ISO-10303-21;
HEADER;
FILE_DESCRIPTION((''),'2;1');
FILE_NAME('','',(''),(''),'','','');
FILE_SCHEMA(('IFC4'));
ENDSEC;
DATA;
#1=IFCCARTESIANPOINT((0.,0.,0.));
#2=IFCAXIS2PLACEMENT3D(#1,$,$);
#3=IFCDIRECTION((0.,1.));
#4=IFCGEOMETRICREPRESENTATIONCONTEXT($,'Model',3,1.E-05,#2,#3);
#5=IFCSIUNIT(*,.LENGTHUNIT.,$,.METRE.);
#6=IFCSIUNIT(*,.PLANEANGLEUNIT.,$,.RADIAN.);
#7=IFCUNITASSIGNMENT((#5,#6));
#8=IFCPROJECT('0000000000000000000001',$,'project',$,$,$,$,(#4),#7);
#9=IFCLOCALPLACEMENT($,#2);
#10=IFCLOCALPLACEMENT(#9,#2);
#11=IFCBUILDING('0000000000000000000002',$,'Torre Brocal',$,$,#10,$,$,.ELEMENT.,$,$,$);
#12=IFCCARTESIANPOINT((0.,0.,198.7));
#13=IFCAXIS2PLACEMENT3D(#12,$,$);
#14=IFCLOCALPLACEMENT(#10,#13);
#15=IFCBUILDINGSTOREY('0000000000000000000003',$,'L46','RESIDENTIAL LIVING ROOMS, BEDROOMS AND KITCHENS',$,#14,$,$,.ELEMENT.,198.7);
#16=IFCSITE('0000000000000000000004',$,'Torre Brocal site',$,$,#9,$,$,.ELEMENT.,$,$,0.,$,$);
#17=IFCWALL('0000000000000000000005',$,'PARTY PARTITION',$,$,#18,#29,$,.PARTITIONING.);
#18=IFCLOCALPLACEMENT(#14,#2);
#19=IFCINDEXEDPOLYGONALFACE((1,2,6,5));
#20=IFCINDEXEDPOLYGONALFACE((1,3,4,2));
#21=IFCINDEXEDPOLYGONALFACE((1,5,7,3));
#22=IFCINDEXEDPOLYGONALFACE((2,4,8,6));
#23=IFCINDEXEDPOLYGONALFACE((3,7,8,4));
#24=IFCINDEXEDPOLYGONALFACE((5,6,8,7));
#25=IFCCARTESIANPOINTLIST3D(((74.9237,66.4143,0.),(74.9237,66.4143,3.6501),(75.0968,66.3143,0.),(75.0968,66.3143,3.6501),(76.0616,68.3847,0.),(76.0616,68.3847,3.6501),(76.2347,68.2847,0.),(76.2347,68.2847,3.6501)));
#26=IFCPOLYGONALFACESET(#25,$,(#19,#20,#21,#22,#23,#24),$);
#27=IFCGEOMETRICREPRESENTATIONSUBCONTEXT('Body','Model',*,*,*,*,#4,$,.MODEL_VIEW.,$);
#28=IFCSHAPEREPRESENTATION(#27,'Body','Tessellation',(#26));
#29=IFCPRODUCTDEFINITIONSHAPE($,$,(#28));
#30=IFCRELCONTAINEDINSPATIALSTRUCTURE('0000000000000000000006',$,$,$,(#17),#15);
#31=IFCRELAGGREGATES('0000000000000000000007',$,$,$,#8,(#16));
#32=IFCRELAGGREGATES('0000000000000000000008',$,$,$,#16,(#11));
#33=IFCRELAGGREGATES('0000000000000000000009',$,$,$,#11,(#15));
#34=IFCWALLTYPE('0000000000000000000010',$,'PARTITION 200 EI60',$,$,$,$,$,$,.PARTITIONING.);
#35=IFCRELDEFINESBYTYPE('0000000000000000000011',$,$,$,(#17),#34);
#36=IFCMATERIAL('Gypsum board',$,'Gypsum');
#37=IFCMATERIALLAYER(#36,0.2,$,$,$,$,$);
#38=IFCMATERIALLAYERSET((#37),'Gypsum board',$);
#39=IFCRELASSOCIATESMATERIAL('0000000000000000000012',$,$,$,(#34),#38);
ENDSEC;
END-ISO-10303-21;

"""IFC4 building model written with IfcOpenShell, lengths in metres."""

from ifc_helpers import new_model, si_unit, direction, frame, frame_2d, origin, place, context, subcontext, project, spatial, rectangle, extrude, material, layer, layer_set, type_object, element, save


model = new_model("IFC4")

# Units and contexts
model_context = context("Model", 3, precision=1e-05, world=origin(), true_north=direction((0.0, 1.0)))
body_context = subcontext(model_context, "Body", "Model", "MODEL_VIEW")
ifc_project = project(units=[si_unit("LENGTHUNIT", "METRE"), si_unit("PLANEANGLEUNIT", "RADIAN")], contexts=[model_context])

# Site, building, storey
site_placement = place(None, origin())
site = spatial("IfcSite", under=ifc_project, at=site_placement, Name="Torre Brocal site", CompositionType="ELEMENT", RefElevation=0.0)
building_placement = place(site_placement, origin())
building = spatial("IfcBuilding", under=site, at=building_placement, Name="Torre Brocal", CompositionType="ELEMENT")
storey_placement = place(building_placement, frame((0.0, 0.0, 198.7)))
storey = spatial("IfcBuildingStorey", under=building, at=storey_placement, Name="L46", Description="RESIDENTIAL LIVING ROOMS, BEDROOMS AND KITCHENS", CompositionType="ELEMENT", Elevation=198.7)

# Shared definitions
ifc_material_1 = material(Name="Gypsum board", Category="Gypsum")
ifc_layer_1 = layer(ifc_material_1, 0.2)
ifc_layer_set_1 = layer_set([ifc_layer_1], Name="Gypsum board")
wall_type_1 = type_object("IfcWallType", Name="PARTITION 200 EI60", PredefinedType="PARTITIONING", material=ifc_layer_set_1)

# Wall
wall_1_placement = place(storey_placement, frame((75.0103, 66.3643, 0.0), z_axis=(0.0, 0.0, 1.0), x_axis=(0.500097, 0.865969, 0.0)))
element("IfcWall", 1, at=wall_1_placement, inside=storey, type_object=wall_type_1, Name="PARTY PARTITION", PredefinedType="PARTITIONING", context=body_context, shape_type="SweptSolid", body=[
    extrude(rectangle(XDim=2.2754, YDim=0.2, at=frame_2d((1.1377, 0.0))), origin(), (0.0, 0.0, 1.0), 3.6501),
])

save(model, "model.ifc")
